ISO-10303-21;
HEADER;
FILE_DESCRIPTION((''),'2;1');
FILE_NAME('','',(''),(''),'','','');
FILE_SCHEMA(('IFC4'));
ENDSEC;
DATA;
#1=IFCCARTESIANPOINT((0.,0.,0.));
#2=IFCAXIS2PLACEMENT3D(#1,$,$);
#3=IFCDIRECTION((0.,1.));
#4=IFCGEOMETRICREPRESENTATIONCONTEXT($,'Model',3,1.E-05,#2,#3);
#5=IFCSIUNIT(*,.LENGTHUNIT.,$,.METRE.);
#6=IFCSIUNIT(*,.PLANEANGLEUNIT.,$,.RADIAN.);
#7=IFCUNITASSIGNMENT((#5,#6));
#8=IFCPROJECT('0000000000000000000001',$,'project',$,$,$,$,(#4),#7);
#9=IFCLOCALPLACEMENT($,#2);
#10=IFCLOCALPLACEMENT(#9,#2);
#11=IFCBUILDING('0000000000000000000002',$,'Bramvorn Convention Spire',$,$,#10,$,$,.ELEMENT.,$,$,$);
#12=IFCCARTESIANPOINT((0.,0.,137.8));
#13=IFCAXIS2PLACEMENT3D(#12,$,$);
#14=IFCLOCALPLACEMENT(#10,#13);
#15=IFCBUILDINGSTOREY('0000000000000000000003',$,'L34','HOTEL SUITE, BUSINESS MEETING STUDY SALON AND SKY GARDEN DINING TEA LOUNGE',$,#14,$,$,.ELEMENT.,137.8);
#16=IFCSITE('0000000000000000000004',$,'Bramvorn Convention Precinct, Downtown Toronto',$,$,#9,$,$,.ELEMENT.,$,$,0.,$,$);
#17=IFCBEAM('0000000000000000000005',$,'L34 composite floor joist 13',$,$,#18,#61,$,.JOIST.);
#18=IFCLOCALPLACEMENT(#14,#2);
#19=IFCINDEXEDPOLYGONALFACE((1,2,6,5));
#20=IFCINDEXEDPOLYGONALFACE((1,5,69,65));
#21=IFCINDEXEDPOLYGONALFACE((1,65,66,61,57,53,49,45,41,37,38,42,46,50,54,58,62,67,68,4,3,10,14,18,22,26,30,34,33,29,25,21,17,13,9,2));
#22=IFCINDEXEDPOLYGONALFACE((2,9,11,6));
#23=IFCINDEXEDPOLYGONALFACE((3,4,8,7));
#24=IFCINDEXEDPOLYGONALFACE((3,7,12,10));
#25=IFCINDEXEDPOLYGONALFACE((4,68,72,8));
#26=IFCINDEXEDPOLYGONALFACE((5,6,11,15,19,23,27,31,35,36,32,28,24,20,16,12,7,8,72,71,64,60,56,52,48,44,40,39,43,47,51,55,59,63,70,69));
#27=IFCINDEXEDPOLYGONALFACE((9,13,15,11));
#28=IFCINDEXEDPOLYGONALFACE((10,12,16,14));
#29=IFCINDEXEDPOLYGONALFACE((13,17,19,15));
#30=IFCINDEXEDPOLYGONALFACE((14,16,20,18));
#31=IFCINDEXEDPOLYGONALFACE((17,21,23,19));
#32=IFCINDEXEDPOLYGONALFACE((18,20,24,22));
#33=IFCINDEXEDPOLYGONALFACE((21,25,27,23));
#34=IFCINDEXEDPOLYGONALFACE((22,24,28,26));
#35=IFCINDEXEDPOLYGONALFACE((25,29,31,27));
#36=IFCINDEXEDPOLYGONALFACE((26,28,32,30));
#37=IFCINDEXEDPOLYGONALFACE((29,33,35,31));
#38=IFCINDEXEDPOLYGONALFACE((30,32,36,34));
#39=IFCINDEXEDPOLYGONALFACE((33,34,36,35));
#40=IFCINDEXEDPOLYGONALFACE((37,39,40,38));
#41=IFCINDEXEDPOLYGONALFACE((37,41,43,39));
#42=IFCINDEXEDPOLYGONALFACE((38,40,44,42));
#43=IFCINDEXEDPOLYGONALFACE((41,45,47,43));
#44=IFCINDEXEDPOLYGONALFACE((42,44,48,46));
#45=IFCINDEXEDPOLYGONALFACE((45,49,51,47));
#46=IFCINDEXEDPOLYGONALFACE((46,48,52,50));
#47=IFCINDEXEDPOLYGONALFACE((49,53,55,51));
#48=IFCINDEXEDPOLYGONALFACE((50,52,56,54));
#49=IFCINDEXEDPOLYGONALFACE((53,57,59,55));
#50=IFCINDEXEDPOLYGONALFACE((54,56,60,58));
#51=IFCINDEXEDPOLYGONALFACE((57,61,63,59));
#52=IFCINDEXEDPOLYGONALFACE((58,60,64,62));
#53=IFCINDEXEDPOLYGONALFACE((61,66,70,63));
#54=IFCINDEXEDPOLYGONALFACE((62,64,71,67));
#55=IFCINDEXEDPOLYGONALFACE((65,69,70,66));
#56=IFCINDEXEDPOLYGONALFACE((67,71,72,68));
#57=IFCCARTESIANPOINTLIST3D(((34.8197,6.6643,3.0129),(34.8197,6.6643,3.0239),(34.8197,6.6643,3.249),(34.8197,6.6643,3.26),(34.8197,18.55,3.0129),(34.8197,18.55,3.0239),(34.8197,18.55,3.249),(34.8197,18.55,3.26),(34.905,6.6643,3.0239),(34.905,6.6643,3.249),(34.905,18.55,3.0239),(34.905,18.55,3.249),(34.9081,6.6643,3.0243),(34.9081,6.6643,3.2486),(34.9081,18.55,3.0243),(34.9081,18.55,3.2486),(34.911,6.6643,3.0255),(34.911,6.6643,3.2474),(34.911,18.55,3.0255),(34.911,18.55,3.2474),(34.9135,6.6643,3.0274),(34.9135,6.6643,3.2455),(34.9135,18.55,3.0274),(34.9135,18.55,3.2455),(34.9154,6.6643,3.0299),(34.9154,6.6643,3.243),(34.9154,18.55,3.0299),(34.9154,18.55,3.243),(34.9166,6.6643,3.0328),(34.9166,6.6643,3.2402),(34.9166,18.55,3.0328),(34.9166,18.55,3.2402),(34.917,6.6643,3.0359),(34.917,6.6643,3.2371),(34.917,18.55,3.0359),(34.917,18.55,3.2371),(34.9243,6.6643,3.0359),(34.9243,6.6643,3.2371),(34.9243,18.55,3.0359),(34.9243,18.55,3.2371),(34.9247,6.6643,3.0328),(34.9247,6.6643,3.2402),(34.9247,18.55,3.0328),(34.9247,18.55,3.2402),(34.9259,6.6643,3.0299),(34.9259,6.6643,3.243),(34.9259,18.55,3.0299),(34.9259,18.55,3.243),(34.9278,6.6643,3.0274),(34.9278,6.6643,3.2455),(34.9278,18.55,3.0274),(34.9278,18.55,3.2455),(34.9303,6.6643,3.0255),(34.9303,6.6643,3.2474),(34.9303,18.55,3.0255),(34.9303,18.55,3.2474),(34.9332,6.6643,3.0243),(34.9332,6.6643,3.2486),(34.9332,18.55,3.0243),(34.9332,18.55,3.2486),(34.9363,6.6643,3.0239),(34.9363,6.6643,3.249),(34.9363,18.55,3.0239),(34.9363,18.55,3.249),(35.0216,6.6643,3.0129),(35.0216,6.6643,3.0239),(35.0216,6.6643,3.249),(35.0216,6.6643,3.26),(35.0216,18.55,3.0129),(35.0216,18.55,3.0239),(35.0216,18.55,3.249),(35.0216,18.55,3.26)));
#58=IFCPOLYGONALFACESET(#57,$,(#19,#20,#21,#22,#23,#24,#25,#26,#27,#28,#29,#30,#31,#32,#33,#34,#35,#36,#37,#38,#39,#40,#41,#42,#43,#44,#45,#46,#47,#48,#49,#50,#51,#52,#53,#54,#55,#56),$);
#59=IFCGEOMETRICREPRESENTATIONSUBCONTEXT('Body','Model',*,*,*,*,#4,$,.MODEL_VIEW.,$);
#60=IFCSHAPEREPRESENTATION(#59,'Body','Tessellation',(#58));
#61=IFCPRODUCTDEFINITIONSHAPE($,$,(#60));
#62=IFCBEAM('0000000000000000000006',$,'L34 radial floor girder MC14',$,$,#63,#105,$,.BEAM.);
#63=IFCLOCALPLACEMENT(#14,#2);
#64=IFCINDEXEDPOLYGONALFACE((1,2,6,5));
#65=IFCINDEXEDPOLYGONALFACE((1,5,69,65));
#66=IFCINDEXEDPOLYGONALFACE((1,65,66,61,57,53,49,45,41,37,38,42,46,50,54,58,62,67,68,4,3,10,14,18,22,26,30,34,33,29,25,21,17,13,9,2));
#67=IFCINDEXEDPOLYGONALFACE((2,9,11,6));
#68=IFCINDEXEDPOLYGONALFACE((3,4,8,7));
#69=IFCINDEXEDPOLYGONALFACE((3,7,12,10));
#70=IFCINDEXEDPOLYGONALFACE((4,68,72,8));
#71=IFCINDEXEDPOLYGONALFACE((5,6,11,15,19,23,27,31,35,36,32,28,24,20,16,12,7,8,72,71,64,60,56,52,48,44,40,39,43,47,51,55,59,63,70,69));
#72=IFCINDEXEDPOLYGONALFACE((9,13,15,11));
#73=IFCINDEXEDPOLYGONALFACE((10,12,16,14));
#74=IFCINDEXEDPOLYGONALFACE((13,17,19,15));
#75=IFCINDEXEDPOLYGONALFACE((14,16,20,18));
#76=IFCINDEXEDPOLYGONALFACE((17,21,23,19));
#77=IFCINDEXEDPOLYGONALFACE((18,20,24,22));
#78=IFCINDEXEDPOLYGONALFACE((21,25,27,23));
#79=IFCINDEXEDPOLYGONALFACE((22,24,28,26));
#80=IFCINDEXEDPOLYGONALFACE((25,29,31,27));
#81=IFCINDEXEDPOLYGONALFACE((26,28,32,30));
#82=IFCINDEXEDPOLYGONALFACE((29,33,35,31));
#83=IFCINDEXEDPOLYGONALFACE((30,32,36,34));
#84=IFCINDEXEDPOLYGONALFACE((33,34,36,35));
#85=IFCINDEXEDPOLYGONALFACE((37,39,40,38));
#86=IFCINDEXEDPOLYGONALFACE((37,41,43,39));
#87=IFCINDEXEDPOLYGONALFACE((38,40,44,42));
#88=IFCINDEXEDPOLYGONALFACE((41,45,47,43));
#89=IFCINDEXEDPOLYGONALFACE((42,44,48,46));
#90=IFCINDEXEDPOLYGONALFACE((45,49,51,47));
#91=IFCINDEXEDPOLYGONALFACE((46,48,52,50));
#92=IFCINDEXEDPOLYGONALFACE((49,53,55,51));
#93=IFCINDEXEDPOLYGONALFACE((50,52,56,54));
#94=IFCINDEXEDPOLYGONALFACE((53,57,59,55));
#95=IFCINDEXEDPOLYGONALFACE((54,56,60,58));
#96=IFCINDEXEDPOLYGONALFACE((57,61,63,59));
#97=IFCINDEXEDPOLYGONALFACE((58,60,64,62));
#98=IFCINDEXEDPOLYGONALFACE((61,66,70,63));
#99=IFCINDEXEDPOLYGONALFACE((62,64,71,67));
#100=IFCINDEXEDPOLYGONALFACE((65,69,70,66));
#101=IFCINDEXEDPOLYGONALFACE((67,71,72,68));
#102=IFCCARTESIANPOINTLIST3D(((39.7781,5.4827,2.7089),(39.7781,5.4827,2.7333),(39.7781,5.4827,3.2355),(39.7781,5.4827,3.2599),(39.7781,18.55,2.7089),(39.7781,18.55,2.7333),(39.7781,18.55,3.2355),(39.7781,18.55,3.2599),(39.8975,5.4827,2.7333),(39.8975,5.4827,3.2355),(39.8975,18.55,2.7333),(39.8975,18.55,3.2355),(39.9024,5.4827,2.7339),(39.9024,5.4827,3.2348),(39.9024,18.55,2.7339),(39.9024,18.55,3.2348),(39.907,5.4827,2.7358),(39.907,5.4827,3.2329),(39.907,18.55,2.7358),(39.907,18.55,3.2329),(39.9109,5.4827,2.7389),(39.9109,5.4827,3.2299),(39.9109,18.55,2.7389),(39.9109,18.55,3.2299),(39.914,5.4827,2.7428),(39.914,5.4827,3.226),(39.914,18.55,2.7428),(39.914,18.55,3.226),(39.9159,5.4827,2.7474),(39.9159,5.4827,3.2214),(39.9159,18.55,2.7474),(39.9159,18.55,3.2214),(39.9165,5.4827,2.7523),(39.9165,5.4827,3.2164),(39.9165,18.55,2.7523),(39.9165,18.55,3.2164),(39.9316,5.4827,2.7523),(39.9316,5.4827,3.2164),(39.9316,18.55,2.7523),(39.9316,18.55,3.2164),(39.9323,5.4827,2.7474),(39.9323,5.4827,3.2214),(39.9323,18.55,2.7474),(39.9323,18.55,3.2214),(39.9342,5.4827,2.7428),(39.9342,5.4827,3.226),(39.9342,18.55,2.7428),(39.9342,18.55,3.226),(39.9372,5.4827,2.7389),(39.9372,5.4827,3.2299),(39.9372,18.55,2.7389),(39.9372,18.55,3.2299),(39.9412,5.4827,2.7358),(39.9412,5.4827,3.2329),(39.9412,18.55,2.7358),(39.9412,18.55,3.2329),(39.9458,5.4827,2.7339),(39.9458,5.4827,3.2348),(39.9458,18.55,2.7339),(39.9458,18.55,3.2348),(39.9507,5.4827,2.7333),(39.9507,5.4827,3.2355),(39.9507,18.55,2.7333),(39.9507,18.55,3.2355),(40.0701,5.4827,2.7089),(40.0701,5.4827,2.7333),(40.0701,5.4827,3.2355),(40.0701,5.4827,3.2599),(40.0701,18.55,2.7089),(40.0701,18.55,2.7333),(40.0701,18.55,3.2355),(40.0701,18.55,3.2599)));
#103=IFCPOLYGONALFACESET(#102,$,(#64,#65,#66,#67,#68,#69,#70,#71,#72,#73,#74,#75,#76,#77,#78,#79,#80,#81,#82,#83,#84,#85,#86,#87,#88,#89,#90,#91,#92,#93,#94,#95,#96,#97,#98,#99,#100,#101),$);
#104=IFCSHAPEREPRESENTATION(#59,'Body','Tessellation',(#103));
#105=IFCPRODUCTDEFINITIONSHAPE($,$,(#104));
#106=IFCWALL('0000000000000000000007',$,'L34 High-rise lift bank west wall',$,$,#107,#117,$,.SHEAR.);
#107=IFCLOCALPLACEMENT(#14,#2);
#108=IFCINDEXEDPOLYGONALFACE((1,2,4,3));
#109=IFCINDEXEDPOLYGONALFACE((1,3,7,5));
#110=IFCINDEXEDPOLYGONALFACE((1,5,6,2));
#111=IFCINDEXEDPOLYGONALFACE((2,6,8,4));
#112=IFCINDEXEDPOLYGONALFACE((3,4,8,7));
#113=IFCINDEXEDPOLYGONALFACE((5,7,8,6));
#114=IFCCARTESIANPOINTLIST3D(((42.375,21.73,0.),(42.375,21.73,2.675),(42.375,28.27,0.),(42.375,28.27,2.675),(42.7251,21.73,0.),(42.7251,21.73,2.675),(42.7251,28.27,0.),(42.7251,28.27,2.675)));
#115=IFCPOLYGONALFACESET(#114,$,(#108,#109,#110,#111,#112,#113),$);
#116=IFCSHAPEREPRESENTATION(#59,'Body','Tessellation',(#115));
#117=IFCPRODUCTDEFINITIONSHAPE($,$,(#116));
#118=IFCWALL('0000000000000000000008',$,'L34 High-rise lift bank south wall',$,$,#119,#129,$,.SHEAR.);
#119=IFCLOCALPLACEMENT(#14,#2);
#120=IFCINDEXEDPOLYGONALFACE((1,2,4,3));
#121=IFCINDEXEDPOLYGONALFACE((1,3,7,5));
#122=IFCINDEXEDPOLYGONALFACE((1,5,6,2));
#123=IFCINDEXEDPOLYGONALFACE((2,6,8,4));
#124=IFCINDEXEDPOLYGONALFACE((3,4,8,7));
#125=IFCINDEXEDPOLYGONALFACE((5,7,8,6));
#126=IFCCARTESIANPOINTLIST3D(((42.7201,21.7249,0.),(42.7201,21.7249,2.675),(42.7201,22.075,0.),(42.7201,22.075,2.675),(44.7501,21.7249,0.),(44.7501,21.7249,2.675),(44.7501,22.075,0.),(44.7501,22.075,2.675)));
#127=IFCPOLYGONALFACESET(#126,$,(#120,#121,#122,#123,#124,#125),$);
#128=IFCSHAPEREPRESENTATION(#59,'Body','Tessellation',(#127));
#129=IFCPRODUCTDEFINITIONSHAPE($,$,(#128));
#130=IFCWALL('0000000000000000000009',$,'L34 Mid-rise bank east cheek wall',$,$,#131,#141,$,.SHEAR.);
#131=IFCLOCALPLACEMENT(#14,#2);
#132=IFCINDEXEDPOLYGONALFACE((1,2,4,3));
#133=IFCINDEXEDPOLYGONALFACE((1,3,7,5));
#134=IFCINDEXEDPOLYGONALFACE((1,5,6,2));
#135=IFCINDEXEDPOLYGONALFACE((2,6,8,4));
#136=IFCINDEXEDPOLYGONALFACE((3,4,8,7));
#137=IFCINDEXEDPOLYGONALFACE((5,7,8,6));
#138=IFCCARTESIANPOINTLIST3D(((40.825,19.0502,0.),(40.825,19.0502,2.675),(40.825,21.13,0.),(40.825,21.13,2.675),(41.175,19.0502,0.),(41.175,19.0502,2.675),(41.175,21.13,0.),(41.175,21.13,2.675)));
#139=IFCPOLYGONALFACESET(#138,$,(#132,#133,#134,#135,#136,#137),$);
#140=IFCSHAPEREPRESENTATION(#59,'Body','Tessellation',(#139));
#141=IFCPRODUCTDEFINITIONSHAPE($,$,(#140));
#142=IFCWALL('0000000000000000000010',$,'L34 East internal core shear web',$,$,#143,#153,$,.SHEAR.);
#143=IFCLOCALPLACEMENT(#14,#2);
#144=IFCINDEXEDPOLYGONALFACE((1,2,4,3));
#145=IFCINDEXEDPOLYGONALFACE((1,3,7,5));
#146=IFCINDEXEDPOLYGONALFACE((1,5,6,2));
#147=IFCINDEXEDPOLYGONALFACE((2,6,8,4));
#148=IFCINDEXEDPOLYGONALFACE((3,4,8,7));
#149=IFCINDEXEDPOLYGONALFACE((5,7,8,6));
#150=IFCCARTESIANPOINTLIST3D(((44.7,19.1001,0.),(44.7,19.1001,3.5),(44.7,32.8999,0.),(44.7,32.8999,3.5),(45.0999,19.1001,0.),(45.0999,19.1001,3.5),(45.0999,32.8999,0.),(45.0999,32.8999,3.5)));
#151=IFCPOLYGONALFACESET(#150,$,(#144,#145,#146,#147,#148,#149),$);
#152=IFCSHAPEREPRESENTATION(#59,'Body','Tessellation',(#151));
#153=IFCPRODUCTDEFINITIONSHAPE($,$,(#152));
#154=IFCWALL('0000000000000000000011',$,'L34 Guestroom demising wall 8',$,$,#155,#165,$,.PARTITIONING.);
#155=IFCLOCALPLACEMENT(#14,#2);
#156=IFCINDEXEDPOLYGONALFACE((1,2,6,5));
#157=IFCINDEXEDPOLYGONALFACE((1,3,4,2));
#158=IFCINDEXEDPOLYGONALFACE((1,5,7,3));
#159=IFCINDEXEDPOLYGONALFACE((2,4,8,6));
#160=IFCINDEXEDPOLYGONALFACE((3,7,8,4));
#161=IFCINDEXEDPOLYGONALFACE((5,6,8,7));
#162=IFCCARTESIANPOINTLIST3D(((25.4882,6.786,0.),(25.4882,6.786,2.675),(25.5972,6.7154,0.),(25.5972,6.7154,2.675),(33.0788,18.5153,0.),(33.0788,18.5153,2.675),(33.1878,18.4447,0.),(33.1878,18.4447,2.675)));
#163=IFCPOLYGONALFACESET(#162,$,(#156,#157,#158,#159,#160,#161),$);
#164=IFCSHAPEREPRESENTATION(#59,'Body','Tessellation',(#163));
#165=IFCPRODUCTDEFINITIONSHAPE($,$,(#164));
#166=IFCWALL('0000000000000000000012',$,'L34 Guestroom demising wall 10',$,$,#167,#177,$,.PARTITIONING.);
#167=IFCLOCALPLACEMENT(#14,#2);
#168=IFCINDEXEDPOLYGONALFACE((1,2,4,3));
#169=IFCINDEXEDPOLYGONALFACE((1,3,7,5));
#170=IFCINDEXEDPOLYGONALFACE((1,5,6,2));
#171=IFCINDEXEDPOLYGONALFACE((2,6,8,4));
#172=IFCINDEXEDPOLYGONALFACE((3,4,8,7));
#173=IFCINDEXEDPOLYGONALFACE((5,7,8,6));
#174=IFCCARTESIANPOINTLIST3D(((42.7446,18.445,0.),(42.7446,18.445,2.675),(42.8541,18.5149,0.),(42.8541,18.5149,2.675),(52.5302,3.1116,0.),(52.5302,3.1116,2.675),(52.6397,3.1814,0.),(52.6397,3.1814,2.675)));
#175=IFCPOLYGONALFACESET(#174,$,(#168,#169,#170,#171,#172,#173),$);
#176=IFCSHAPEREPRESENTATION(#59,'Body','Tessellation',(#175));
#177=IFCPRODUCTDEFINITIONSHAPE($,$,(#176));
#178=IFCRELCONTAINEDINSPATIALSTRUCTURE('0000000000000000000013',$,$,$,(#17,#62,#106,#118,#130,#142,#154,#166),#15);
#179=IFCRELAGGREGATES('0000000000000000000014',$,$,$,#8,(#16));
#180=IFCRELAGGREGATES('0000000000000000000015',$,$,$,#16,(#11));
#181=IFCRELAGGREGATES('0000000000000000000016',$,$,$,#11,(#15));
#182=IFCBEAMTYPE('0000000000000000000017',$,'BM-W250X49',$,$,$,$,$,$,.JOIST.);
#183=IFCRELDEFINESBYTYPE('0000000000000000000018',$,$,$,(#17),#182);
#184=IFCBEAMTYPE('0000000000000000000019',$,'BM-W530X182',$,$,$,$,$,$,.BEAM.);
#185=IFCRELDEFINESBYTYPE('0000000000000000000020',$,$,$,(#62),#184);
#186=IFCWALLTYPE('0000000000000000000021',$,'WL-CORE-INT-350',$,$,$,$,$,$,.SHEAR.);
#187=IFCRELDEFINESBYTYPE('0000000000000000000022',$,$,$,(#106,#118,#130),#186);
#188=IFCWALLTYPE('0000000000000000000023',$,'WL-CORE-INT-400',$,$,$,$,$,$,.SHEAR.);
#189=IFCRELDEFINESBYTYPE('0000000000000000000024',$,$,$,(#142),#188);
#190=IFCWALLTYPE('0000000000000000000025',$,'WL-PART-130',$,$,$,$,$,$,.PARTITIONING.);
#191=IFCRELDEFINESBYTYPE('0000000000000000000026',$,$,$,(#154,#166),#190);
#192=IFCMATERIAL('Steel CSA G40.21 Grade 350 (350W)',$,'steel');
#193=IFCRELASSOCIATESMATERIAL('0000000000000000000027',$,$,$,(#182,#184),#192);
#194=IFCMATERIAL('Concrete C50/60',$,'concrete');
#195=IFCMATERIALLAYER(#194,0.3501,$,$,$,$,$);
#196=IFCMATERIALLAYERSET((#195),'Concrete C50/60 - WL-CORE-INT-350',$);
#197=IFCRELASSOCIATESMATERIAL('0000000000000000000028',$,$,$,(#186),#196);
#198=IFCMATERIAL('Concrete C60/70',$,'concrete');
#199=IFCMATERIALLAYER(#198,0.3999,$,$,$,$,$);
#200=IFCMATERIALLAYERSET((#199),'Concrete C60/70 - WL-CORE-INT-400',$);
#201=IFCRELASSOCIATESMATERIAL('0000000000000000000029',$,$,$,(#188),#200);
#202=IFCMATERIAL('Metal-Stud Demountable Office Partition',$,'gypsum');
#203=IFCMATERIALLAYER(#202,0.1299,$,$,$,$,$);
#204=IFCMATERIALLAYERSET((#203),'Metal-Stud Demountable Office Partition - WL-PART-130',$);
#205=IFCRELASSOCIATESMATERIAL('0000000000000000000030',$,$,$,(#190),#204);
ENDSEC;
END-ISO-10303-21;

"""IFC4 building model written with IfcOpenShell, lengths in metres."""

from ifc_helpers import new_model, si_unit, direction, frame, frame_2d, origin, origin_2d, place, context, subcontext, project, spatial, rectangle, i_section, extrude, material, layer, layer_set, material_profile, profile_set, type_object, element, save


model = new_model("IFC4")

# Units and contexts
model_context = context("Model", 3, precision=1e-05, world=origin(), true_north=direction((0.0, 1.0)))
body_context = subcontext(model_context, "Body", "Model", "MODEL_VIEW")
ifc_project = project(units=[si_unit("LENGTHUNIT", "METRE"), si_unit("PLANEANGLEUNIT", "RADIAN")], contexts=[model_context])

# Site, building, storey
site_placement = place(None, origin())
site = spatial("IfcSite", under=ifc_project, at=site_placement, Name="Bramvorn Convention Precinct, Downtown Toronto", CompositionType="ELEMENT", RefElevation=0.0)
building_placement = place(site_placement, origin())
building = spatial("IfcBuilding", under=site, at=building_placement, Name="Bramvorn Convention Spire", CompositionType="ELEMENT")
storey_placement = place(building_placement, frame((0.0, 0.0, 137.8)))
storey = spatial("IfcBuildingStorey", under=building, at=storey_placement, Name="L34", Description="HOTEL SUITE, BUSINESS MEETING STUDY SALON AND SKY GARDEN DINING TEA LOUNGE", CompositionType="ELEMENT", Elevation=137.8)

# Beams
ifc_material_1 = material(Name="Steel CSA G40.21 Grade 350 (350W)", Category="steel")
ifc_material_profile_1 = material_profile(ifc_material_1, i_section(OverallWidth=0.2019, OverallDepth=0.2471, WebThickness=0.0073, FlangeThickness=0.011, FilletRadius=0.012, at=origin_2d()))
ifc_profile_set_1 = profile_set([ifc_material_profile_1], Name="Steel CSA G40.21 Grade 350 (350W) - W250X49")
beam_type_1 = type_object("IfcBeamType", Name="BM-W250X49", PredefinedType="JOIST", material=ifc_profile_set_1)
beam_1_placement = place(storey_placement, frame((34.9207, 18.55, 3.1365), z_axis=(0.0, -1.0, 0.0), x_axis=(1.0, 0.0, 0.0)))
element("IfcBeam", 1, at=beam_1_placement, inside=storey, type_object=beam_type_1, Name="L34 composite floor joist 13", PredefinedType="JOIST", context=body_context, shape_type="SweptSolid", body=[
    extrude(i_section(OverallWidth=0.2019, OverallDepth=0.2471, WebThickness=0.0073, FlangeThickness=0.011, FilletRadius=0.012, at=origin_2d()), origin(), (0.0, 0.0, 1.0), 11.8857),
])
ifc_material_profile_2 = material_profile(ifc_material_1, i_section(OverallWidth=0.292, OverallDepth=0.551, WebThickness=0.0151, FlangeThickness=0.0244, FilletRadius=0.019, at=origin_2d()))
ifc_profile_set_2 = profile_set([ifc_material_profile_2], Name="Steel CSA G40.21 Grade 350 (350W) - W530X182")
beam_type_2 = type_object("IfcBeamType", Name="BM-W530X182", PredefinedType="BEAM", material=ifc_profile_set_2)
beam_2_placement = place(storey_placement, frame((39.9241, 18.55, 2.9844), z_axis=(0.0, -1.0, 0.0), x_axis=(1.0, 0.0, 0.0)))
element("IfcBeam", 2, at=beam_2_placement, inside=storey, type_object=beam_type_2, Name="L34 radial floor girder MC14", PredefinedType="BEAM", context=body_context, shape_type="SweptSolid", body=[
    extrude(i_section(OverallWidth=0.292, OverallDepth=0.551, WebThickness=0.0151, FlangeThickness=0.0244, FilletRadius=0.019, at=origin_2d()), origin(), (0.0, 0.0, 1.0), 13.0674),
])

# Walls
ifc_material_2 = material(Name="Concrete C50/60", Category="concrete")
ifc_layer_1 = layer(ifc_material_2, 0.3501)
ifc_layer_set_1 = layer_set([ifc_layer_1], Name="Concrete C50/60 - WL-CORE-INT-350")
wall_type_1 = type_object("IfcWallType", Name="WL-CORE-INT-350", PredefinedType="SHEAR", material=ifc_layer_set_1)
wall_1_placement = place(storey_placement, frame((42.55, 21.73, 0.0), z_axis=(0.0, 0.0, 1.0), x_axis=(0.0, 1.0, 0.0)))
element("IfcWall", 3, at=wall_1_placement, inside=storey, type_object=wall_type_1, Name="L34 High-rise lift bank west wall", PredefinedType="SHEAR", context=body_context, shape_type="SweptSolid", body=[
    extrude(rectangle(XDim=6.54, YDim=0.3501, at=frame_2d((3.27, 0.0))), origin(), (0.0, 0.0, 1.0), 2.675),
])
wall_2_placement = place(storey_placement, frame((42.72, 21.8999, 0.0), z_axis=(0.0, 0.0, 1.0), x_axis=(1.0, 0.0, 0.0)))
element("IfcWall", 4, at=wall_2_placement, inside=storey, type_object=wall_type_1, Name="L34 High-rise lift bank south wall", PredefinedType="SHEAR", context=body_context, shape_type="SweptSolid", body=[
    extrude(rectangle(XDim=2.03, YDim=0.3501, at=frame_2d((1.0151, 0.0))), origin(), (0.0, 0.0, 1.0), 2.675),
])

# Walls
wall_3_placement = place(storey_placement, frame((41.0, 19.05, 0.0), z_axis=(0.0, 0.0, 1.0), x_axis=(0.0, 1.0, 0.0)))
element("IfcWall", 5, at=wall_3_placement, inside=storey, type_object=wall_type_1, Name="L34 Mid-rise bank east cheek wall", PredefinedType="SHEAR", context=body_context, shape_type="SweptSolid", body=[
    extrude(rectangle(XDim=2.0798, YDim=0.3501, at=frame_2d((1.04, 0.0))), origin(), (0.0, 0.0, 1.0), 2.675),
])
ifc_material_3 = material(Name="Concrete C60/70", Category="concrete")
ifc_layer_2 = layer(ifc_material_3, 0.3999)
ifc_layer_set_2 = layer_set([ifc_layer_2], Name="Concrete C60/70 - WL-CORE-INT-400")
wall_type_2 = type_object("IfcWallType", Name="WL-CORE-INT-400", PredefinedType="SHEAR", material=ifc_layer_set_2)
wall_4_placement = place(storey_placement, frame((44.8999, 19.1001, 0.0), z_axis=(0.0, 0.0, 1.0), x_axis=(0.0, 1.0, 0.0)))
element("IfcWall", 6, at=wall_4_placement, inside=storey, type_object=wall_type_2, Name="L34 East internal core shear web", PredefinedType="SHEAR", context=body_context, shape_type="SweptSolid", body=[
    extrude(rectangle(XDim=13.7998, YDim=0.3999, at=frame_2d((6.8999, 0.0))), origin(), (0.0, 0.0, 1.0), 3.5),
])
ifc_material_4 = material(Name="Metal-Stud Demountable Office Partition", Category="gypsum")
ifc_layer_3 = layer(ifc_material_4, 0.1299)
ifc_layer_set_3 = layer_set([ifc_layer_3], Name="Metal-Stud Demountable Office Partition - WL-PART-130")
wall_type_3 = type_object("IfcWallType", Name="WL-PART-130", PredefinedType="PARTITIONING", material=ifc_layer_set_3)
wall_5_placement = place(storey_placement, frame((33.1333, 18.48, 0.0), z_axis=(0.0, 0.0, 1.0), x_axis=(-0.543305, -0.839535, 0.0)))
element("IfcWall", 7, at=wall_5_placement, inside=storey, type_object=wall_type_3, Name="L34 Guestroom demising wall 8", PredefinedType="PARTITIONING", context=body_context, shape_type="SweptSolid", body=[
    extrude(rectangle(XDim=13.9712, YDim=0.1299, at=frame_2d((6.9856, 0.0))), origin(), (0.0, 0.0, 1.0), 2.675),
])
wall_6_placement = place(storey_placement, frame((42.7993, 18.48, 0.0), z_axis=(0.0, 0.0, 1.0), x_axis=(0.537969, -0.842964, 0.0)))
element("IfcWall", 8, at=wall_6_placement, inside=storey, type_object=wall_type_3, Name="L34 Guestroom demising wall 10", PredefinedType="PARTITIONING", context=body_context, shape_type="SweptSolid", body=[
    extrude(rectangle(XDim=18.1899, YDim=0.1299, at=frame_2d((9.095, 0.0))), origin(), (0.0, 0.0, 1.0), 2.675),
])

save(model, "model.ifc")
